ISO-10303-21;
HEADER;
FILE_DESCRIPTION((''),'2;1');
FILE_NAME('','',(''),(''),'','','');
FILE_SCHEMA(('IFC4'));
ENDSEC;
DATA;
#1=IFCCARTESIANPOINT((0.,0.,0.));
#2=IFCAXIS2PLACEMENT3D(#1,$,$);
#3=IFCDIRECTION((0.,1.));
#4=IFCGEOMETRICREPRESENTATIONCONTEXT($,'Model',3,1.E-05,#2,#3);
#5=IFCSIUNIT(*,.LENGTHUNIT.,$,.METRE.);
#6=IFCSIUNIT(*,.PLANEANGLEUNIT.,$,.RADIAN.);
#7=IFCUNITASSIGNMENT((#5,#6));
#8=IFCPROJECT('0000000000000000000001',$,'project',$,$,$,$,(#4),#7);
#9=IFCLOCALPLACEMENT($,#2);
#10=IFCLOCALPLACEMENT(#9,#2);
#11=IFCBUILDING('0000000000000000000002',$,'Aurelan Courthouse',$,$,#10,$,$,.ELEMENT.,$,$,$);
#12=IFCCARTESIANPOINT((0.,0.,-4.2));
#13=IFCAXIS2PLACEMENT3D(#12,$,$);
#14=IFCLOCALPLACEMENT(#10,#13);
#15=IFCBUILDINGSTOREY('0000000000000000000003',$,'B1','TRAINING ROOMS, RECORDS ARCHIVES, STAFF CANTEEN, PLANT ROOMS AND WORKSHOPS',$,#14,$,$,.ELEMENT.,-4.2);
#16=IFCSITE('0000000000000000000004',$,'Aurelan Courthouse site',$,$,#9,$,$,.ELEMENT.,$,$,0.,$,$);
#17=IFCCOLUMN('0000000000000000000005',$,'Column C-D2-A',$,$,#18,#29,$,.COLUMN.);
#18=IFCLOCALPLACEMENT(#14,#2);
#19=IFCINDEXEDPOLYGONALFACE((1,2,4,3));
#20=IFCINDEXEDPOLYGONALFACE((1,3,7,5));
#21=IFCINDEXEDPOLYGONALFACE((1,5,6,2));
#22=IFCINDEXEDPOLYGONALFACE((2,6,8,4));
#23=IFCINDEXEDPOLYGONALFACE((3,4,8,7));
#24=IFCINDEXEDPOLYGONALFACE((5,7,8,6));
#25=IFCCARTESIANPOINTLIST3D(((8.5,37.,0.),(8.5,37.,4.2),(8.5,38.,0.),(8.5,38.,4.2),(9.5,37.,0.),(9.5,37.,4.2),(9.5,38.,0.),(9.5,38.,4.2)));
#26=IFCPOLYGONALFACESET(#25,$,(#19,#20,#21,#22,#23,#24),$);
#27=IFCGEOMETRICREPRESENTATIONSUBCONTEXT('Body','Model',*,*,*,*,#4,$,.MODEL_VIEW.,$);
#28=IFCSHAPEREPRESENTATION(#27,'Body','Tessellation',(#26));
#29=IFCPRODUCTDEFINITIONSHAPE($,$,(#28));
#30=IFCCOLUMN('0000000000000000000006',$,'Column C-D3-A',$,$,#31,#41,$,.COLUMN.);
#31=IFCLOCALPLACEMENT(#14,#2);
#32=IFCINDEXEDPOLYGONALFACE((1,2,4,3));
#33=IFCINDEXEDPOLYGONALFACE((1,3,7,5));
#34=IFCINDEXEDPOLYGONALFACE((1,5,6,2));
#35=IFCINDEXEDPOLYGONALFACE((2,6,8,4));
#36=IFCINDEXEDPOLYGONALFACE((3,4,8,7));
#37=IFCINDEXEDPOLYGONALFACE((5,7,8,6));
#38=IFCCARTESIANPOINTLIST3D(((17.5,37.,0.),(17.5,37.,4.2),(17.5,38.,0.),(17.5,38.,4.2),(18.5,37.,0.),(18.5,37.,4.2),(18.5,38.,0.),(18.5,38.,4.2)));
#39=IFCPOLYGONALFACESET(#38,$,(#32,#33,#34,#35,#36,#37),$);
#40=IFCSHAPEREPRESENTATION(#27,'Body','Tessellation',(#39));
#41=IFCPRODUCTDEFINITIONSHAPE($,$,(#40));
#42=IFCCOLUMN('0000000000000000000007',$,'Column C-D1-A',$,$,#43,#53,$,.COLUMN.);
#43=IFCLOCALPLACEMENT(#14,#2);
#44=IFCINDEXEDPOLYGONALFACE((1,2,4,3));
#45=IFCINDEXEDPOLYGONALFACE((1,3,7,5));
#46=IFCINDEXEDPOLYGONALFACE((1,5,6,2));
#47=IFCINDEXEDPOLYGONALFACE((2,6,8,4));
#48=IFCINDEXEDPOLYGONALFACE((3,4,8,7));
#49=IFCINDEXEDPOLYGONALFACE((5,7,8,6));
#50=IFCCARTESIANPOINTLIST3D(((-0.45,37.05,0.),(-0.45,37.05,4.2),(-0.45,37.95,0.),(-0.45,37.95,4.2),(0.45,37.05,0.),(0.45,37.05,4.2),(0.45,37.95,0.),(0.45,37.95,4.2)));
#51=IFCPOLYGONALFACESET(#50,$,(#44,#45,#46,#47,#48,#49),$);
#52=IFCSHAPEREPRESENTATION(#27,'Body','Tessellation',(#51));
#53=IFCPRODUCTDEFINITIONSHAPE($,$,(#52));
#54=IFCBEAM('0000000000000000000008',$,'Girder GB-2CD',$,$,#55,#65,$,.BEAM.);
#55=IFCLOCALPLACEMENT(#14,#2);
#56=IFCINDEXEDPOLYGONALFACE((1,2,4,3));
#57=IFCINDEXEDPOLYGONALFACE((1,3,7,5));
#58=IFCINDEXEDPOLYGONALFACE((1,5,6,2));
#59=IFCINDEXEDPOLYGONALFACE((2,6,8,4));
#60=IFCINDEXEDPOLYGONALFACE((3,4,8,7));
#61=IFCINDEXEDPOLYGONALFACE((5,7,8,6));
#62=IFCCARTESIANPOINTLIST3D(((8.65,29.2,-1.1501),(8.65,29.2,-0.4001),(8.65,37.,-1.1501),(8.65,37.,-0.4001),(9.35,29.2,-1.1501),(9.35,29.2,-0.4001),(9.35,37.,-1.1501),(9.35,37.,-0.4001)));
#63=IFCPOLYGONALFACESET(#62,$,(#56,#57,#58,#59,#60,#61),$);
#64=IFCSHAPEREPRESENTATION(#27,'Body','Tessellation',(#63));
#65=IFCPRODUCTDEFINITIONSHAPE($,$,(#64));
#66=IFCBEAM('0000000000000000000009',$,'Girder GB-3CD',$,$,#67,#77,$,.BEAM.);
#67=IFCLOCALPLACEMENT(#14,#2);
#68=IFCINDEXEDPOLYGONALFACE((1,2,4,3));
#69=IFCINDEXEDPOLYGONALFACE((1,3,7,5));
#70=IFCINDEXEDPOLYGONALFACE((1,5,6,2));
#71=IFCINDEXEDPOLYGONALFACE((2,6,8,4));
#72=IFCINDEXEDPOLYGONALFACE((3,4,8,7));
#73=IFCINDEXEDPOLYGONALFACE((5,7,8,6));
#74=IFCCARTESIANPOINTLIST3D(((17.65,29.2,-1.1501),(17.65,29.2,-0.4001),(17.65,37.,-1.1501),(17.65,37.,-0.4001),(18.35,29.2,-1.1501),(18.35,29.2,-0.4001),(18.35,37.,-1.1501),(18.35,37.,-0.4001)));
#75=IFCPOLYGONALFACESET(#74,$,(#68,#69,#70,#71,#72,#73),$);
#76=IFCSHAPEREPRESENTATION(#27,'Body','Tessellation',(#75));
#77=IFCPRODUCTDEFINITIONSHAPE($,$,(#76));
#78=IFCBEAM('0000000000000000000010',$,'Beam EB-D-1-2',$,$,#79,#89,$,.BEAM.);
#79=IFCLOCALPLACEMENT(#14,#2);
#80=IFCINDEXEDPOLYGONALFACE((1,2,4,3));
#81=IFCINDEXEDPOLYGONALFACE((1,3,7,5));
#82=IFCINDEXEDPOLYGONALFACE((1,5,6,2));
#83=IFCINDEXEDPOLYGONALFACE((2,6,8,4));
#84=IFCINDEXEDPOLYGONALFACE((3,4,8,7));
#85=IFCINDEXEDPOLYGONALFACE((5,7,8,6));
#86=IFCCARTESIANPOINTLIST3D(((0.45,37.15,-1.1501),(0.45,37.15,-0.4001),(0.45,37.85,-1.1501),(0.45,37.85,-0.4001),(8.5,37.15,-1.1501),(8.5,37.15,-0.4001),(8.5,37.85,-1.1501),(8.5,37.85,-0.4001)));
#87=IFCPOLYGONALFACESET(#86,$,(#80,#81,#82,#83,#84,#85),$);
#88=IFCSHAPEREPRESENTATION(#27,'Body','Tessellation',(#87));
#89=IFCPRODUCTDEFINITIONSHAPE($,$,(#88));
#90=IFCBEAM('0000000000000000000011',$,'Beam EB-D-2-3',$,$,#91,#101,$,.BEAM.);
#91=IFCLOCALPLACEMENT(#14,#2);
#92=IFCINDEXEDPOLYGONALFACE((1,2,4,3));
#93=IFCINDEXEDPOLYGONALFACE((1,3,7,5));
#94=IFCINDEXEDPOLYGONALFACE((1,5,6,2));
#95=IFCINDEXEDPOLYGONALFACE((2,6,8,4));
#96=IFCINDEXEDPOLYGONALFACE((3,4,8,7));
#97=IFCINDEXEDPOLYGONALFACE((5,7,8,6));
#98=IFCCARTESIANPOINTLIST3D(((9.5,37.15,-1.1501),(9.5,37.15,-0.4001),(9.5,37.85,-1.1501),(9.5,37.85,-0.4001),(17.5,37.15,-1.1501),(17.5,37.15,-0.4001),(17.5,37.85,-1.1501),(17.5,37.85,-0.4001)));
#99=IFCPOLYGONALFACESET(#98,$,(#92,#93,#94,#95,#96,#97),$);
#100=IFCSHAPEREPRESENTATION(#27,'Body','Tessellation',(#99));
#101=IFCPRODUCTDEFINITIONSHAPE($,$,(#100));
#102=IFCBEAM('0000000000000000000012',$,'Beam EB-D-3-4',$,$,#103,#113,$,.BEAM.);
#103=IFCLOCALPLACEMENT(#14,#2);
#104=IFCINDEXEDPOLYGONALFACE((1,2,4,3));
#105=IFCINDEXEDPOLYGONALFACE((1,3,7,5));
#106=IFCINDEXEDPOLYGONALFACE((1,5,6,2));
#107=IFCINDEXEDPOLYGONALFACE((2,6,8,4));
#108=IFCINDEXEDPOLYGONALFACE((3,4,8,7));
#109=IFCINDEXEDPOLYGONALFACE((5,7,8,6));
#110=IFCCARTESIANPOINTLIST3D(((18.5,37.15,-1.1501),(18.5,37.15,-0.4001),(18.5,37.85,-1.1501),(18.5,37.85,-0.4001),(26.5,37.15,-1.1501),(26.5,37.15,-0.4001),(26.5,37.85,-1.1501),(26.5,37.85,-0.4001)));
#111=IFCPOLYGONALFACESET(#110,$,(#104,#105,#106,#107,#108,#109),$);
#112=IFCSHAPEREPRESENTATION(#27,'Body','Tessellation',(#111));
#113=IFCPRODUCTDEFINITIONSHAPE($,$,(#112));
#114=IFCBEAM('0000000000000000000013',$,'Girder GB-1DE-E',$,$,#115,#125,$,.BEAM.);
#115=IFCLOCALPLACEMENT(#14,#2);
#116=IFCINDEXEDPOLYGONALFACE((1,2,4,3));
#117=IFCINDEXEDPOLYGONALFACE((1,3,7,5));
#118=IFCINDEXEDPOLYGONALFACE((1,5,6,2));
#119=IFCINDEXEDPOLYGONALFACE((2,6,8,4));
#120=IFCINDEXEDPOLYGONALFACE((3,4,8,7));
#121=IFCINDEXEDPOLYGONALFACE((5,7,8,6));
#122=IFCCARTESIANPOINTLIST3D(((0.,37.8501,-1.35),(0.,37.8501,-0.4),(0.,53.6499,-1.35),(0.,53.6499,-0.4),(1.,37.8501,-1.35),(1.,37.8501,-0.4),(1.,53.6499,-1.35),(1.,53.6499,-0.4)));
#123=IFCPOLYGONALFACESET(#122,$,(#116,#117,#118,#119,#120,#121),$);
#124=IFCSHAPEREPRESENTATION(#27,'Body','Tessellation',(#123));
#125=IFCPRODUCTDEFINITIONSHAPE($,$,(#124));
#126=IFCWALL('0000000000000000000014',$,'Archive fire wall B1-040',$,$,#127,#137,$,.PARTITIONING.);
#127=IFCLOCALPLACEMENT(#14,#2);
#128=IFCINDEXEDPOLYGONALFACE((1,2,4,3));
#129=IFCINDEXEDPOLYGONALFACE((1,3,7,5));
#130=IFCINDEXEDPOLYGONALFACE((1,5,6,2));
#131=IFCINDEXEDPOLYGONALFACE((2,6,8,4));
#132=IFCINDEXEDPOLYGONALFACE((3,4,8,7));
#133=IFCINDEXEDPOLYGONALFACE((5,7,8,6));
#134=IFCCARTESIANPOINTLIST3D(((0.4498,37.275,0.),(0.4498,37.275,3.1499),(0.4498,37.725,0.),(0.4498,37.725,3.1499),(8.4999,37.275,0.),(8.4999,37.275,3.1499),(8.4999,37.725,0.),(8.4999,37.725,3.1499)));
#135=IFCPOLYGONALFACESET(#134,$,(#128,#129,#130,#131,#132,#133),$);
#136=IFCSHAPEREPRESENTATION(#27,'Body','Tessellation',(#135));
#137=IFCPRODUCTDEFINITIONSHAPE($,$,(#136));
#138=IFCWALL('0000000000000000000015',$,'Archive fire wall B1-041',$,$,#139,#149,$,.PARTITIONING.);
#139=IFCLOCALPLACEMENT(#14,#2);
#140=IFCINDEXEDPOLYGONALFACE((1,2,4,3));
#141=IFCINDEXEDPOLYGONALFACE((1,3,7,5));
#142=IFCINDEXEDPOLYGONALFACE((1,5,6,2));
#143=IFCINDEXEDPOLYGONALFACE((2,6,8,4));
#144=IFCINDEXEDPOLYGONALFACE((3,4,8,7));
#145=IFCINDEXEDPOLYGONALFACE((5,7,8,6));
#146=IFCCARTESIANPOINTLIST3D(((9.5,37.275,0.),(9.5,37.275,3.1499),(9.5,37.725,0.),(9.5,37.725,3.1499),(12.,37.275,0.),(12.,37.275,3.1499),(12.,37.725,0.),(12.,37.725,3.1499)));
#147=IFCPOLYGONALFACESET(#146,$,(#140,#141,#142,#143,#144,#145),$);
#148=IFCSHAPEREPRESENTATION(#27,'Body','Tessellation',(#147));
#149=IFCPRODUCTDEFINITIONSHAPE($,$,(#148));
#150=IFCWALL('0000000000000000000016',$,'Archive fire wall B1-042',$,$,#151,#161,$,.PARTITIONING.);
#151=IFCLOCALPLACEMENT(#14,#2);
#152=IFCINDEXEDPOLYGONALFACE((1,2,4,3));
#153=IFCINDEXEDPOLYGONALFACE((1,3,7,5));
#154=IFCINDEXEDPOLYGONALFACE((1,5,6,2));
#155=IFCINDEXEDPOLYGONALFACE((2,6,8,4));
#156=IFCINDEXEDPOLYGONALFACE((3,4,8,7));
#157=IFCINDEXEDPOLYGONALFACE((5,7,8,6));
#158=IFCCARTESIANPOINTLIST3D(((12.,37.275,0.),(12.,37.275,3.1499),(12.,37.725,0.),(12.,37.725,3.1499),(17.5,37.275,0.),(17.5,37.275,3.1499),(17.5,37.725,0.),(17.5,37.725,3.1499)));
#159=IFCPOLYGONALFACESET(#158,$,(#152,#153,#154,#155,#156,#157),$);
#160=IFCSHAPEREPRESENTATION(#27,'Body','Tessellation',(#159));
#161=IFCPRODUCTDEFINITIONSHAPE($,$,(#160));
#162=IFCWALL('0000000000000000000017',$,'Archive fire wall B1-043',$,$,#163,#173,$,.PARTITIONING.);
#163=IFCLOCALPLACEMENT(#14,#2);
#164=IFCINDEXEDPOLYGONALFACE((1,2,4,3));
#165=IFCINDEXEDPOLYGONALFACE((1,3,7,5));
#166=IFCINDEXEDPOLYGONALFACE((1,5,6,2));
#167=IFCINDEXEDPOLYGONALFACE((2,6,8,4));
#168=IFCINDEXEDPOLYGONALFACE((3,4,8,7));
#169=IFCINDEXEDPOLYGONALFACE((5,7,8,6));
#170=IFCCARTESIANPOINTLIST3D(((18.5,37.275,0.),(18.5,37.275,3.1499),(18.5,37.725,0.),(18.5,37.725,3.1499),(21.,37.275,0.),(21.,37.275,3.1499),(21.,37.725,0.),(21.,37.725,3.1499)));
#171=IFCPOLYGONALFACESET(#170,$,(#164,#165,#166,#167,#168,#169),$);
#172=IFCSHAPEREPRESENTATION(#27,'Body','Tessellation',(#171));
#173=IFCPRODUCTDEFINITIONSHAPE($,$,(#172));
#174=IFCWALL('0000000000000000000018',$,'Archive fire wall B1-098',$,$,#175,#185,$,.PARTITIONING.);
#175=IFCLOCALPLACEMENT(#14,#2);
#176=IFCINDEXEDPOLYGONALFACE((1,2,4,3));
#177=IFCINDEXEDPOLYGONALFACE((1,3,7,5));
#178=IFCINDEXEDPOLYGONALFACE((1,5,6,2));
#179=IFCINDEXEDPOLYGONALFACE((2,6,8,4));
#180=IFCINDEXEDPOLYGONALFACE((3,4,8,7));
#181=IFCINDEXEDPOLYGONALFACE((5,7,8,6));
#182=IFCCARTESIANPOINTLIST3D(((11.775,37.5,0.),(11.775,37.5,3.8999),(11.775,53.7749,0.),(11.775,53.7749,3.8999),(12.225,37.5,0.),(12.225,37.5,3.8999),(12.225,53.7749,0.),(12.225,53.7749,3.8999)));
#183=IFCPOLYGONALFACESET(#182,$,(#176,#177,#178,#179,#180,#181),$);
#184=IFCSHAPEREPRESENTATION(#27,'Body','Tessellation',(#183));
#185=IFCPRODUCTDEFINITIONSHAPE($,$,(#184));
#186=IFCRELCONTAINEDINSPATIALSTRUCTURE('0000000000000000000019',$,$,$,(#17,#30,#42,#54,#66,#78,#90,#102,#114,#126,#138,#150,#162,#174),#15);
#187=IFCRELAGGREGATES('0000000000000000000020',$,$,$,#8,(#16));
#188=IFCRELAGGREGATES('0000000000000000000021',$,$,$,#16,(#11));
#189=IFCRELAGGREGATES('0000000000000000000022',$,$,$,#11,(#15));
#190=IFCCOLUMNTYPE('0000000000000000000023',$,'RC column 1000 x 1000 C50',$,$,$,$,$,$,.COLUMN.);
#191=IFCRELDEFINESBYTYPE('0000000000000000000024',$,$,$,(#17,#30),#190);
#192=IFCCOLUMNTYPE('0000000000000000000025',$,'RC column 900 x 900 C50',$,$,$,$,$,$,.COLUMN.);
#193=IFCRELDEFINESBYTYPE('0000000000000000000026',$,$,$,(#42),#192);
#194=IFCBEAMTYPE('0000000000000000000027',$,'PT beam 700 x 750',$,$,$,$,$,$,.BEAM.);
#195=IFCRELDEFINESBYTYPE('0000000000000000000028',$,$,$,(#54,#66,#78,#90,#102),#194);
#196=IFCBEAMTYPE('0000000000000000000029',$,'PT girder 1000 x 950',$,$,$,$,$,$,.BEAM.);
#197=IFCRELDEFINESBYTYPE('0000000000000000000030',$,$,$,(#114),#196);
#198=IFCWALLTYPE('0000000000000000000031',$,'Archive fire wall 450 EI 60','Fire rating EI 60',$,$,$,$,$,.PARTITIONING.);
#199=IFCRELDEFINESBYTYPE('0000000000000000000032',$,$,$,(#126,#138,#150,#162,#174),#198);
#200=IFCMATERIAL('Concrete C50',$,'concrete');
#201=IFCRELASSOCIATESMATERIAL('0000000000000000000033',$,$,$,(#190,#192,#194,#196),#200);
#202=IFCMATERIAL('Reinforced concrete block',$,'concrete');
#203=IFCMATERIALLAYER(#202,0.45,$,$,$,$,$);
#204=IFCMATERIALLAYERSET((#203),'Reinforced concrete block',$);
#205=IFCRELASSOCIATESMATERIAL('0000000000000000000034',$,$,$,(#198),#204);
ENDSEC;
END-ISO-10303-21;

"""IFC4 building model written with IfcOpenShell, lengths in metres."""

from ifc_helpers import new_model, si_unit, direction, frame, frame_2d, origin, origin_2d, place, context, subcontext, project, spatial, rectangle, extrude, material, layer, layer_set, material_profile, profile_set, type_object, element, save


model = new_model("IFC4")

# Units and contexts
model_context = context("Model", 3, precision=1e-05, world=origin(), true_north=direction((0.0, 1.0)))
body_context = subcontext(model_context, "Body", "Model", "MODEL_VIEW")
ifc_project = project(units=[si_unit("LENGTHUNIT", "METRE"), si_unit("PLANEANGLEUNIT", "RADIAN")], contexts=[model_context])

# Site, building, storey
site_placement = place(None, origin())
site = spatial("IfcSite", under=ifc_project, at=site_placement, Name="Aurelan Courthouse site", CompositionType="ELEMENT", RefElevation=0.0)
building_placement = place(site_placement, origin())
building = spatial("IfcBuilding", under=site, at=building_placement, Name="Aurelan Courthouse", CompositionType="ELEMENT")
storey_placement = place(building_placement, frame((0.0, 0.0, -4.2)))
storey = spatial("IfcBuildingStorey", under=building, at=storey_placement, Name="B1", Description="TRAINING ROOMS, RECORDS ARCHIVES, STAFF CANTEEN, PLANT ROOMS AND WORKSHOPS", CompositionType="ELEMENT", Elevation=-4.2)

# Columns
ifc_material_1 = material(Name="Concrete C50", Category="concrete")
ifc_material_profile_1 = material_profile(ifc_material_1, rectangle(XDim=1.0, YDim=1.0, at=origin_2d()), Name="RC 1000 x 1000")
ifc_profile_set_1 = profile_set([ifc_material_profile_1], Name="Concrete C50")
column_type_1 = type_object("IfcColumnType", Name="RC column 1000 x 1000 C50", PredefinedType="COLUMN", material=ifc_profile_set_1)
for number, where, z_axis, x_axis, name in (
    (1, (9.0, 37.5, 0.0), (0.0, 0.0, 1.0), (1.0, 0.0, 0.0), "Column C-D2-A"),
    (2, (18.0, 37.5, 0.0), (0.0, 0.0, 1.0), (1.0, 0.0, 0.0), "Column C-D3-A"),
):
    element("IfcColumn", number, at=place(storey_placement, frame(where, z_axis=z_axis, x_axis=x_axis)), inside=storey, type_object=column_type_1, Name=name, PredefinedType="COLUMN", context=body_context, shape_type="SweptSolid", body=[
        extrude(rectangle(XDim=1.0, YDim=1.0, at=origin_2d()), origin(), (0.0, 0.0, 1.0), 4.2),
    ])
ifc_material_profile_2 = material_profile(ifc_material_1, rectangle(XDim=0.8999, YDim=0.8999, at=origin_2d()), Name="RC 900 x 900")
ifc_profile_set_2 = profile_set([ifc_material_profile_2], Name="Concrete C50")
column_type_2 = type_object("IfcColumnType", Name="RC column 900 x 900 C50", PredefinedType="COLUMN", material=ifc_profile_set_2)
column_placement = place(storey_placement, frame((0.0, 37.5, 0.0), z_axis=(0.0, 0.0, 1.0), x_axis=(1.0, 0.0, 0.0)))
element("IfcColumn", 3, at=column_placement, inside=storey, type_object=column_type_2, Name="Column C-D1-A", PredefinedType="COLUMN", context=body_context, shape_type="SweptSolid", body=[
    extrude(rectangle(XDim=0.8999, YDim=0.8999, at=origin_2d()), origin(), (0.0, 0.0, 1.0), 4.2),
])

# Beams
ifc_material_profile_3 = material_profile(ifc_material_1, rectangle(XDim=0.7, YDim=0.75, at=origin_2d()), Name="RC 700 x 750")
ifc_profile_set_3 = profile_set([ifc_material_profile_3], Name="Concrete C50")
beam_type_1 = type_object("IfcBeamType", Name="PT beam 700 x 750", PredefinedType="BEAM", material=ifc_profile_set_3)
for number, where, z_axis, x_axis, name in (
    (4, (9.0, 29.2, -0.7751), (0.0, 1.0, 0.0), (-1.0, 0.0, 0.0), "Girder GB-2CD"),
    (5, (18.0, 29.2, -0.7751), (0.0, 1.0, 0.0), (-1.0, 0.0, 0.0), "Girder GB-3CD"),
):
    element("IfcBeam", number, at=place(storey_placement, frame(where, z_axis=z_axis, x_axis=x_axis)), inside=storey, type_object=beam_type_1, Name=name, PredefinedType="BEAM", context=body_context, shape_type="SweptSolid", body=[
        extrude(rectangle(XDim=0.7, YDim=0.75, at=origin_2d()), origin(), (0.0, 0.0, 1.0), 7.8),
    ])
beam_1_placement = place(storey_placement, frame((0.45, 37.5, -0.7751), z_axis=(1.0, 0.0, 0.0), x_axis=(0.0, 1.0, 0.0)))
element("IfcBeam", 6, at=beam_1_placement, inside=storey, type_object=beam_type_1, Name="Beam EB-D-1-2", PredefinedType="BEAM", context=body_context, shape_type="SweptSolid", body=[
    extrude(rectangle(XDim=0.7, YDim=0.75, at=origin_2d()), origin(), (0.0, 0.0, 1.0), 8.05),
])
for number, where, z_axis, x_axis, name in (
    (7, (9.5, 37.5, -0.7751), (1.0, 0.0, 0.0), (0.0, 1.0, 0.0), "Beam EB-D-2-3"),
    (8, (18.5, 37.5, -0.7751), (1.0, 0.0, 0.0), (0.0, 1.0, 0.0), "Beam EB-D-3-4"),
):
    element("IfcBeam", number, at=place(storey_placement, frame(where, z_axis=z_axis, x_axis=x_axis)), inside=storey, type_object=beam_type_1, Name=name, PredefinedType="BEAM", context=body_context, shape_type="SweptSolid", body=[
        extrude(rectangle(XDim=0.7, YDim=0.75, at=origin_2d()), origin(), (0.0, 0.0, 1.0), 8.0),
    ])
ifc_material_profile_4 = material_profile(ifc_material_1, rectangle(XDim=1.0, YDim=0.95, at=origin_2d()), Name="RC 1000 x 950")
ifc_profile_set_4 = profile_set([ifc_material_profile_4], Name="Concrete C50")
beam_type_2 = type_object("IfcBeamType", Name="PT girder 1000 x 950", PredefinedType="BEAM", material=ifc_profile_set_4)
beam_2_placement = place(storey_placement, frame((0.5, 37.8501, -0.875), z_axis=(0.0, 1.0, 0.0), x_axis=(-1.0, 0.0, 0.0)))
element("IfcBeam", 9, at=beam_2_placement, inside=storey, type_object=beam_type_2, Name="Girder GB-1DE-E", PredefinedType="BEAM", context=body_context, shape_type="SweptSolid", body=[
    extrude(rectangle(XDim=1.0, YDim=0.95, at=origin_2d()), origin(), (0.0, 0.0, 1.0), 15.7998),
])

# Walls
ifc_material_2 = material(Name="Reinforced concrete block", Category="concrete")
ifc_layer_1 = layer(ifc_material_2, 0.45)
ifc_layer_set_1 = layer_set([ifc_layer_1], Name="Reinforced concrete block")
wall_type_1 = type_object("IfcWallType", Name="Archive fire wall 450 EI 60", Description="Fire rating EI 60", PredefinedType="PARTITIONING", material=ifc_layer_set_1)
wall_1_placement = place(storey_placement, frame((0.45, 37.5, 0.0), z_axis=(0.0, 0.0, 1.0), x_axis=(1.0, 0.0, 0.0)))
element("IfcWall", 10, at=wall_1_placement, inside=storey, type_object=wall_type_1, Name="Archive fire wall B1-040", PredefinedType="PARTITIONING", context=body_context, shape_type="SweptSolid", body=[
    extrude(rectangle(XDim=8.05, YDim=0.45, at=frame_2d((4.0249, 0.0))), origin(), (0.0, 0.0, 1.0), 3.1499),
])
wall_2_placement = place(storey_placement, frame((9.5, 37.5, 0.0), z_axis=(0.0, 0.0, 1.0), x_axis=(1.0, 0.0, 0.0)))
element("IfcWall", 11, at=wall_2_placement, inside=storey, type_object=wall_type_1, Name="Archive fire wall B1-041", PredefinedType="PARTITIONING", context=body_context, shape_type="SweptSolid", body=[
    extrude(rectangle(XDim=2.5, YDim=0.45, at=frame_2d((1.25, 0.0))), origin(), (0.0, 0.0, 1.0), 3.1499),
])
wall_3_placement = place(storey_placement, frame((12.0, 37.5, 0.0), z_axis=(0.0, 0.0, 1.0), x_axis=(1.0, 0.0, 0.0)))
element("IfcWall", 12, at=wall_3_placement, inside=storey, type_object=wall_type_1, Name="Archive fire wall B1-042", PredefinedType="PARTITIONING", context=body_context, shape_type="SweptSolid", body=[
    extrude(rectangle(XDim=5.5, YDim=0.45, at=frame_2d((2.75, 0.0))), origin(), (0.0, 0.0, 1.0), 3.1499),
])
wall_4_placement = place(storey_placement, frame((18.5, 37.5, 0.0), z_axis=(0.0, 0.0, 1.0), x_axis=(1.0, 0.0, 0.0)))
element("IfcWall", 13, at=wall_4_placement, inside=storey, type_object=wall_type_1, Name="Archive fire wall B1-043", PredefinedType="PARTITIONING", context=body_context, shape_type="SweptSolid", body=[
    extrude(rectangle(XDim=2.5, YDim=0.45, at=frame_2d((1.25, 0.0))), origin(), (0.0, 0.0, 1.0), 3.1499),
])
wall_5_placement = place(storey_placement, frame((12.0, 37.5, 0.0), z_axis=(0.0, 0.0, 1.0), x_axis=(0.0, 1.0, 0.0)))
element("IfcWall", 14, at=wall_5_placement, inside=storey, type_object=wall_type_1, Name="Archive fire wall B1-098", PredefinedType="PARTITIONING", context=body_context, shape_type="SweptSolid", body=[
    extrude(rectangle(XDim=16.2749, YDim=0.45, at=frame_2d((8.1375, 0.0))), origin(), (0.0, 0.0, 1.0), 3.8999),
])

save(model, "model.ifc")
